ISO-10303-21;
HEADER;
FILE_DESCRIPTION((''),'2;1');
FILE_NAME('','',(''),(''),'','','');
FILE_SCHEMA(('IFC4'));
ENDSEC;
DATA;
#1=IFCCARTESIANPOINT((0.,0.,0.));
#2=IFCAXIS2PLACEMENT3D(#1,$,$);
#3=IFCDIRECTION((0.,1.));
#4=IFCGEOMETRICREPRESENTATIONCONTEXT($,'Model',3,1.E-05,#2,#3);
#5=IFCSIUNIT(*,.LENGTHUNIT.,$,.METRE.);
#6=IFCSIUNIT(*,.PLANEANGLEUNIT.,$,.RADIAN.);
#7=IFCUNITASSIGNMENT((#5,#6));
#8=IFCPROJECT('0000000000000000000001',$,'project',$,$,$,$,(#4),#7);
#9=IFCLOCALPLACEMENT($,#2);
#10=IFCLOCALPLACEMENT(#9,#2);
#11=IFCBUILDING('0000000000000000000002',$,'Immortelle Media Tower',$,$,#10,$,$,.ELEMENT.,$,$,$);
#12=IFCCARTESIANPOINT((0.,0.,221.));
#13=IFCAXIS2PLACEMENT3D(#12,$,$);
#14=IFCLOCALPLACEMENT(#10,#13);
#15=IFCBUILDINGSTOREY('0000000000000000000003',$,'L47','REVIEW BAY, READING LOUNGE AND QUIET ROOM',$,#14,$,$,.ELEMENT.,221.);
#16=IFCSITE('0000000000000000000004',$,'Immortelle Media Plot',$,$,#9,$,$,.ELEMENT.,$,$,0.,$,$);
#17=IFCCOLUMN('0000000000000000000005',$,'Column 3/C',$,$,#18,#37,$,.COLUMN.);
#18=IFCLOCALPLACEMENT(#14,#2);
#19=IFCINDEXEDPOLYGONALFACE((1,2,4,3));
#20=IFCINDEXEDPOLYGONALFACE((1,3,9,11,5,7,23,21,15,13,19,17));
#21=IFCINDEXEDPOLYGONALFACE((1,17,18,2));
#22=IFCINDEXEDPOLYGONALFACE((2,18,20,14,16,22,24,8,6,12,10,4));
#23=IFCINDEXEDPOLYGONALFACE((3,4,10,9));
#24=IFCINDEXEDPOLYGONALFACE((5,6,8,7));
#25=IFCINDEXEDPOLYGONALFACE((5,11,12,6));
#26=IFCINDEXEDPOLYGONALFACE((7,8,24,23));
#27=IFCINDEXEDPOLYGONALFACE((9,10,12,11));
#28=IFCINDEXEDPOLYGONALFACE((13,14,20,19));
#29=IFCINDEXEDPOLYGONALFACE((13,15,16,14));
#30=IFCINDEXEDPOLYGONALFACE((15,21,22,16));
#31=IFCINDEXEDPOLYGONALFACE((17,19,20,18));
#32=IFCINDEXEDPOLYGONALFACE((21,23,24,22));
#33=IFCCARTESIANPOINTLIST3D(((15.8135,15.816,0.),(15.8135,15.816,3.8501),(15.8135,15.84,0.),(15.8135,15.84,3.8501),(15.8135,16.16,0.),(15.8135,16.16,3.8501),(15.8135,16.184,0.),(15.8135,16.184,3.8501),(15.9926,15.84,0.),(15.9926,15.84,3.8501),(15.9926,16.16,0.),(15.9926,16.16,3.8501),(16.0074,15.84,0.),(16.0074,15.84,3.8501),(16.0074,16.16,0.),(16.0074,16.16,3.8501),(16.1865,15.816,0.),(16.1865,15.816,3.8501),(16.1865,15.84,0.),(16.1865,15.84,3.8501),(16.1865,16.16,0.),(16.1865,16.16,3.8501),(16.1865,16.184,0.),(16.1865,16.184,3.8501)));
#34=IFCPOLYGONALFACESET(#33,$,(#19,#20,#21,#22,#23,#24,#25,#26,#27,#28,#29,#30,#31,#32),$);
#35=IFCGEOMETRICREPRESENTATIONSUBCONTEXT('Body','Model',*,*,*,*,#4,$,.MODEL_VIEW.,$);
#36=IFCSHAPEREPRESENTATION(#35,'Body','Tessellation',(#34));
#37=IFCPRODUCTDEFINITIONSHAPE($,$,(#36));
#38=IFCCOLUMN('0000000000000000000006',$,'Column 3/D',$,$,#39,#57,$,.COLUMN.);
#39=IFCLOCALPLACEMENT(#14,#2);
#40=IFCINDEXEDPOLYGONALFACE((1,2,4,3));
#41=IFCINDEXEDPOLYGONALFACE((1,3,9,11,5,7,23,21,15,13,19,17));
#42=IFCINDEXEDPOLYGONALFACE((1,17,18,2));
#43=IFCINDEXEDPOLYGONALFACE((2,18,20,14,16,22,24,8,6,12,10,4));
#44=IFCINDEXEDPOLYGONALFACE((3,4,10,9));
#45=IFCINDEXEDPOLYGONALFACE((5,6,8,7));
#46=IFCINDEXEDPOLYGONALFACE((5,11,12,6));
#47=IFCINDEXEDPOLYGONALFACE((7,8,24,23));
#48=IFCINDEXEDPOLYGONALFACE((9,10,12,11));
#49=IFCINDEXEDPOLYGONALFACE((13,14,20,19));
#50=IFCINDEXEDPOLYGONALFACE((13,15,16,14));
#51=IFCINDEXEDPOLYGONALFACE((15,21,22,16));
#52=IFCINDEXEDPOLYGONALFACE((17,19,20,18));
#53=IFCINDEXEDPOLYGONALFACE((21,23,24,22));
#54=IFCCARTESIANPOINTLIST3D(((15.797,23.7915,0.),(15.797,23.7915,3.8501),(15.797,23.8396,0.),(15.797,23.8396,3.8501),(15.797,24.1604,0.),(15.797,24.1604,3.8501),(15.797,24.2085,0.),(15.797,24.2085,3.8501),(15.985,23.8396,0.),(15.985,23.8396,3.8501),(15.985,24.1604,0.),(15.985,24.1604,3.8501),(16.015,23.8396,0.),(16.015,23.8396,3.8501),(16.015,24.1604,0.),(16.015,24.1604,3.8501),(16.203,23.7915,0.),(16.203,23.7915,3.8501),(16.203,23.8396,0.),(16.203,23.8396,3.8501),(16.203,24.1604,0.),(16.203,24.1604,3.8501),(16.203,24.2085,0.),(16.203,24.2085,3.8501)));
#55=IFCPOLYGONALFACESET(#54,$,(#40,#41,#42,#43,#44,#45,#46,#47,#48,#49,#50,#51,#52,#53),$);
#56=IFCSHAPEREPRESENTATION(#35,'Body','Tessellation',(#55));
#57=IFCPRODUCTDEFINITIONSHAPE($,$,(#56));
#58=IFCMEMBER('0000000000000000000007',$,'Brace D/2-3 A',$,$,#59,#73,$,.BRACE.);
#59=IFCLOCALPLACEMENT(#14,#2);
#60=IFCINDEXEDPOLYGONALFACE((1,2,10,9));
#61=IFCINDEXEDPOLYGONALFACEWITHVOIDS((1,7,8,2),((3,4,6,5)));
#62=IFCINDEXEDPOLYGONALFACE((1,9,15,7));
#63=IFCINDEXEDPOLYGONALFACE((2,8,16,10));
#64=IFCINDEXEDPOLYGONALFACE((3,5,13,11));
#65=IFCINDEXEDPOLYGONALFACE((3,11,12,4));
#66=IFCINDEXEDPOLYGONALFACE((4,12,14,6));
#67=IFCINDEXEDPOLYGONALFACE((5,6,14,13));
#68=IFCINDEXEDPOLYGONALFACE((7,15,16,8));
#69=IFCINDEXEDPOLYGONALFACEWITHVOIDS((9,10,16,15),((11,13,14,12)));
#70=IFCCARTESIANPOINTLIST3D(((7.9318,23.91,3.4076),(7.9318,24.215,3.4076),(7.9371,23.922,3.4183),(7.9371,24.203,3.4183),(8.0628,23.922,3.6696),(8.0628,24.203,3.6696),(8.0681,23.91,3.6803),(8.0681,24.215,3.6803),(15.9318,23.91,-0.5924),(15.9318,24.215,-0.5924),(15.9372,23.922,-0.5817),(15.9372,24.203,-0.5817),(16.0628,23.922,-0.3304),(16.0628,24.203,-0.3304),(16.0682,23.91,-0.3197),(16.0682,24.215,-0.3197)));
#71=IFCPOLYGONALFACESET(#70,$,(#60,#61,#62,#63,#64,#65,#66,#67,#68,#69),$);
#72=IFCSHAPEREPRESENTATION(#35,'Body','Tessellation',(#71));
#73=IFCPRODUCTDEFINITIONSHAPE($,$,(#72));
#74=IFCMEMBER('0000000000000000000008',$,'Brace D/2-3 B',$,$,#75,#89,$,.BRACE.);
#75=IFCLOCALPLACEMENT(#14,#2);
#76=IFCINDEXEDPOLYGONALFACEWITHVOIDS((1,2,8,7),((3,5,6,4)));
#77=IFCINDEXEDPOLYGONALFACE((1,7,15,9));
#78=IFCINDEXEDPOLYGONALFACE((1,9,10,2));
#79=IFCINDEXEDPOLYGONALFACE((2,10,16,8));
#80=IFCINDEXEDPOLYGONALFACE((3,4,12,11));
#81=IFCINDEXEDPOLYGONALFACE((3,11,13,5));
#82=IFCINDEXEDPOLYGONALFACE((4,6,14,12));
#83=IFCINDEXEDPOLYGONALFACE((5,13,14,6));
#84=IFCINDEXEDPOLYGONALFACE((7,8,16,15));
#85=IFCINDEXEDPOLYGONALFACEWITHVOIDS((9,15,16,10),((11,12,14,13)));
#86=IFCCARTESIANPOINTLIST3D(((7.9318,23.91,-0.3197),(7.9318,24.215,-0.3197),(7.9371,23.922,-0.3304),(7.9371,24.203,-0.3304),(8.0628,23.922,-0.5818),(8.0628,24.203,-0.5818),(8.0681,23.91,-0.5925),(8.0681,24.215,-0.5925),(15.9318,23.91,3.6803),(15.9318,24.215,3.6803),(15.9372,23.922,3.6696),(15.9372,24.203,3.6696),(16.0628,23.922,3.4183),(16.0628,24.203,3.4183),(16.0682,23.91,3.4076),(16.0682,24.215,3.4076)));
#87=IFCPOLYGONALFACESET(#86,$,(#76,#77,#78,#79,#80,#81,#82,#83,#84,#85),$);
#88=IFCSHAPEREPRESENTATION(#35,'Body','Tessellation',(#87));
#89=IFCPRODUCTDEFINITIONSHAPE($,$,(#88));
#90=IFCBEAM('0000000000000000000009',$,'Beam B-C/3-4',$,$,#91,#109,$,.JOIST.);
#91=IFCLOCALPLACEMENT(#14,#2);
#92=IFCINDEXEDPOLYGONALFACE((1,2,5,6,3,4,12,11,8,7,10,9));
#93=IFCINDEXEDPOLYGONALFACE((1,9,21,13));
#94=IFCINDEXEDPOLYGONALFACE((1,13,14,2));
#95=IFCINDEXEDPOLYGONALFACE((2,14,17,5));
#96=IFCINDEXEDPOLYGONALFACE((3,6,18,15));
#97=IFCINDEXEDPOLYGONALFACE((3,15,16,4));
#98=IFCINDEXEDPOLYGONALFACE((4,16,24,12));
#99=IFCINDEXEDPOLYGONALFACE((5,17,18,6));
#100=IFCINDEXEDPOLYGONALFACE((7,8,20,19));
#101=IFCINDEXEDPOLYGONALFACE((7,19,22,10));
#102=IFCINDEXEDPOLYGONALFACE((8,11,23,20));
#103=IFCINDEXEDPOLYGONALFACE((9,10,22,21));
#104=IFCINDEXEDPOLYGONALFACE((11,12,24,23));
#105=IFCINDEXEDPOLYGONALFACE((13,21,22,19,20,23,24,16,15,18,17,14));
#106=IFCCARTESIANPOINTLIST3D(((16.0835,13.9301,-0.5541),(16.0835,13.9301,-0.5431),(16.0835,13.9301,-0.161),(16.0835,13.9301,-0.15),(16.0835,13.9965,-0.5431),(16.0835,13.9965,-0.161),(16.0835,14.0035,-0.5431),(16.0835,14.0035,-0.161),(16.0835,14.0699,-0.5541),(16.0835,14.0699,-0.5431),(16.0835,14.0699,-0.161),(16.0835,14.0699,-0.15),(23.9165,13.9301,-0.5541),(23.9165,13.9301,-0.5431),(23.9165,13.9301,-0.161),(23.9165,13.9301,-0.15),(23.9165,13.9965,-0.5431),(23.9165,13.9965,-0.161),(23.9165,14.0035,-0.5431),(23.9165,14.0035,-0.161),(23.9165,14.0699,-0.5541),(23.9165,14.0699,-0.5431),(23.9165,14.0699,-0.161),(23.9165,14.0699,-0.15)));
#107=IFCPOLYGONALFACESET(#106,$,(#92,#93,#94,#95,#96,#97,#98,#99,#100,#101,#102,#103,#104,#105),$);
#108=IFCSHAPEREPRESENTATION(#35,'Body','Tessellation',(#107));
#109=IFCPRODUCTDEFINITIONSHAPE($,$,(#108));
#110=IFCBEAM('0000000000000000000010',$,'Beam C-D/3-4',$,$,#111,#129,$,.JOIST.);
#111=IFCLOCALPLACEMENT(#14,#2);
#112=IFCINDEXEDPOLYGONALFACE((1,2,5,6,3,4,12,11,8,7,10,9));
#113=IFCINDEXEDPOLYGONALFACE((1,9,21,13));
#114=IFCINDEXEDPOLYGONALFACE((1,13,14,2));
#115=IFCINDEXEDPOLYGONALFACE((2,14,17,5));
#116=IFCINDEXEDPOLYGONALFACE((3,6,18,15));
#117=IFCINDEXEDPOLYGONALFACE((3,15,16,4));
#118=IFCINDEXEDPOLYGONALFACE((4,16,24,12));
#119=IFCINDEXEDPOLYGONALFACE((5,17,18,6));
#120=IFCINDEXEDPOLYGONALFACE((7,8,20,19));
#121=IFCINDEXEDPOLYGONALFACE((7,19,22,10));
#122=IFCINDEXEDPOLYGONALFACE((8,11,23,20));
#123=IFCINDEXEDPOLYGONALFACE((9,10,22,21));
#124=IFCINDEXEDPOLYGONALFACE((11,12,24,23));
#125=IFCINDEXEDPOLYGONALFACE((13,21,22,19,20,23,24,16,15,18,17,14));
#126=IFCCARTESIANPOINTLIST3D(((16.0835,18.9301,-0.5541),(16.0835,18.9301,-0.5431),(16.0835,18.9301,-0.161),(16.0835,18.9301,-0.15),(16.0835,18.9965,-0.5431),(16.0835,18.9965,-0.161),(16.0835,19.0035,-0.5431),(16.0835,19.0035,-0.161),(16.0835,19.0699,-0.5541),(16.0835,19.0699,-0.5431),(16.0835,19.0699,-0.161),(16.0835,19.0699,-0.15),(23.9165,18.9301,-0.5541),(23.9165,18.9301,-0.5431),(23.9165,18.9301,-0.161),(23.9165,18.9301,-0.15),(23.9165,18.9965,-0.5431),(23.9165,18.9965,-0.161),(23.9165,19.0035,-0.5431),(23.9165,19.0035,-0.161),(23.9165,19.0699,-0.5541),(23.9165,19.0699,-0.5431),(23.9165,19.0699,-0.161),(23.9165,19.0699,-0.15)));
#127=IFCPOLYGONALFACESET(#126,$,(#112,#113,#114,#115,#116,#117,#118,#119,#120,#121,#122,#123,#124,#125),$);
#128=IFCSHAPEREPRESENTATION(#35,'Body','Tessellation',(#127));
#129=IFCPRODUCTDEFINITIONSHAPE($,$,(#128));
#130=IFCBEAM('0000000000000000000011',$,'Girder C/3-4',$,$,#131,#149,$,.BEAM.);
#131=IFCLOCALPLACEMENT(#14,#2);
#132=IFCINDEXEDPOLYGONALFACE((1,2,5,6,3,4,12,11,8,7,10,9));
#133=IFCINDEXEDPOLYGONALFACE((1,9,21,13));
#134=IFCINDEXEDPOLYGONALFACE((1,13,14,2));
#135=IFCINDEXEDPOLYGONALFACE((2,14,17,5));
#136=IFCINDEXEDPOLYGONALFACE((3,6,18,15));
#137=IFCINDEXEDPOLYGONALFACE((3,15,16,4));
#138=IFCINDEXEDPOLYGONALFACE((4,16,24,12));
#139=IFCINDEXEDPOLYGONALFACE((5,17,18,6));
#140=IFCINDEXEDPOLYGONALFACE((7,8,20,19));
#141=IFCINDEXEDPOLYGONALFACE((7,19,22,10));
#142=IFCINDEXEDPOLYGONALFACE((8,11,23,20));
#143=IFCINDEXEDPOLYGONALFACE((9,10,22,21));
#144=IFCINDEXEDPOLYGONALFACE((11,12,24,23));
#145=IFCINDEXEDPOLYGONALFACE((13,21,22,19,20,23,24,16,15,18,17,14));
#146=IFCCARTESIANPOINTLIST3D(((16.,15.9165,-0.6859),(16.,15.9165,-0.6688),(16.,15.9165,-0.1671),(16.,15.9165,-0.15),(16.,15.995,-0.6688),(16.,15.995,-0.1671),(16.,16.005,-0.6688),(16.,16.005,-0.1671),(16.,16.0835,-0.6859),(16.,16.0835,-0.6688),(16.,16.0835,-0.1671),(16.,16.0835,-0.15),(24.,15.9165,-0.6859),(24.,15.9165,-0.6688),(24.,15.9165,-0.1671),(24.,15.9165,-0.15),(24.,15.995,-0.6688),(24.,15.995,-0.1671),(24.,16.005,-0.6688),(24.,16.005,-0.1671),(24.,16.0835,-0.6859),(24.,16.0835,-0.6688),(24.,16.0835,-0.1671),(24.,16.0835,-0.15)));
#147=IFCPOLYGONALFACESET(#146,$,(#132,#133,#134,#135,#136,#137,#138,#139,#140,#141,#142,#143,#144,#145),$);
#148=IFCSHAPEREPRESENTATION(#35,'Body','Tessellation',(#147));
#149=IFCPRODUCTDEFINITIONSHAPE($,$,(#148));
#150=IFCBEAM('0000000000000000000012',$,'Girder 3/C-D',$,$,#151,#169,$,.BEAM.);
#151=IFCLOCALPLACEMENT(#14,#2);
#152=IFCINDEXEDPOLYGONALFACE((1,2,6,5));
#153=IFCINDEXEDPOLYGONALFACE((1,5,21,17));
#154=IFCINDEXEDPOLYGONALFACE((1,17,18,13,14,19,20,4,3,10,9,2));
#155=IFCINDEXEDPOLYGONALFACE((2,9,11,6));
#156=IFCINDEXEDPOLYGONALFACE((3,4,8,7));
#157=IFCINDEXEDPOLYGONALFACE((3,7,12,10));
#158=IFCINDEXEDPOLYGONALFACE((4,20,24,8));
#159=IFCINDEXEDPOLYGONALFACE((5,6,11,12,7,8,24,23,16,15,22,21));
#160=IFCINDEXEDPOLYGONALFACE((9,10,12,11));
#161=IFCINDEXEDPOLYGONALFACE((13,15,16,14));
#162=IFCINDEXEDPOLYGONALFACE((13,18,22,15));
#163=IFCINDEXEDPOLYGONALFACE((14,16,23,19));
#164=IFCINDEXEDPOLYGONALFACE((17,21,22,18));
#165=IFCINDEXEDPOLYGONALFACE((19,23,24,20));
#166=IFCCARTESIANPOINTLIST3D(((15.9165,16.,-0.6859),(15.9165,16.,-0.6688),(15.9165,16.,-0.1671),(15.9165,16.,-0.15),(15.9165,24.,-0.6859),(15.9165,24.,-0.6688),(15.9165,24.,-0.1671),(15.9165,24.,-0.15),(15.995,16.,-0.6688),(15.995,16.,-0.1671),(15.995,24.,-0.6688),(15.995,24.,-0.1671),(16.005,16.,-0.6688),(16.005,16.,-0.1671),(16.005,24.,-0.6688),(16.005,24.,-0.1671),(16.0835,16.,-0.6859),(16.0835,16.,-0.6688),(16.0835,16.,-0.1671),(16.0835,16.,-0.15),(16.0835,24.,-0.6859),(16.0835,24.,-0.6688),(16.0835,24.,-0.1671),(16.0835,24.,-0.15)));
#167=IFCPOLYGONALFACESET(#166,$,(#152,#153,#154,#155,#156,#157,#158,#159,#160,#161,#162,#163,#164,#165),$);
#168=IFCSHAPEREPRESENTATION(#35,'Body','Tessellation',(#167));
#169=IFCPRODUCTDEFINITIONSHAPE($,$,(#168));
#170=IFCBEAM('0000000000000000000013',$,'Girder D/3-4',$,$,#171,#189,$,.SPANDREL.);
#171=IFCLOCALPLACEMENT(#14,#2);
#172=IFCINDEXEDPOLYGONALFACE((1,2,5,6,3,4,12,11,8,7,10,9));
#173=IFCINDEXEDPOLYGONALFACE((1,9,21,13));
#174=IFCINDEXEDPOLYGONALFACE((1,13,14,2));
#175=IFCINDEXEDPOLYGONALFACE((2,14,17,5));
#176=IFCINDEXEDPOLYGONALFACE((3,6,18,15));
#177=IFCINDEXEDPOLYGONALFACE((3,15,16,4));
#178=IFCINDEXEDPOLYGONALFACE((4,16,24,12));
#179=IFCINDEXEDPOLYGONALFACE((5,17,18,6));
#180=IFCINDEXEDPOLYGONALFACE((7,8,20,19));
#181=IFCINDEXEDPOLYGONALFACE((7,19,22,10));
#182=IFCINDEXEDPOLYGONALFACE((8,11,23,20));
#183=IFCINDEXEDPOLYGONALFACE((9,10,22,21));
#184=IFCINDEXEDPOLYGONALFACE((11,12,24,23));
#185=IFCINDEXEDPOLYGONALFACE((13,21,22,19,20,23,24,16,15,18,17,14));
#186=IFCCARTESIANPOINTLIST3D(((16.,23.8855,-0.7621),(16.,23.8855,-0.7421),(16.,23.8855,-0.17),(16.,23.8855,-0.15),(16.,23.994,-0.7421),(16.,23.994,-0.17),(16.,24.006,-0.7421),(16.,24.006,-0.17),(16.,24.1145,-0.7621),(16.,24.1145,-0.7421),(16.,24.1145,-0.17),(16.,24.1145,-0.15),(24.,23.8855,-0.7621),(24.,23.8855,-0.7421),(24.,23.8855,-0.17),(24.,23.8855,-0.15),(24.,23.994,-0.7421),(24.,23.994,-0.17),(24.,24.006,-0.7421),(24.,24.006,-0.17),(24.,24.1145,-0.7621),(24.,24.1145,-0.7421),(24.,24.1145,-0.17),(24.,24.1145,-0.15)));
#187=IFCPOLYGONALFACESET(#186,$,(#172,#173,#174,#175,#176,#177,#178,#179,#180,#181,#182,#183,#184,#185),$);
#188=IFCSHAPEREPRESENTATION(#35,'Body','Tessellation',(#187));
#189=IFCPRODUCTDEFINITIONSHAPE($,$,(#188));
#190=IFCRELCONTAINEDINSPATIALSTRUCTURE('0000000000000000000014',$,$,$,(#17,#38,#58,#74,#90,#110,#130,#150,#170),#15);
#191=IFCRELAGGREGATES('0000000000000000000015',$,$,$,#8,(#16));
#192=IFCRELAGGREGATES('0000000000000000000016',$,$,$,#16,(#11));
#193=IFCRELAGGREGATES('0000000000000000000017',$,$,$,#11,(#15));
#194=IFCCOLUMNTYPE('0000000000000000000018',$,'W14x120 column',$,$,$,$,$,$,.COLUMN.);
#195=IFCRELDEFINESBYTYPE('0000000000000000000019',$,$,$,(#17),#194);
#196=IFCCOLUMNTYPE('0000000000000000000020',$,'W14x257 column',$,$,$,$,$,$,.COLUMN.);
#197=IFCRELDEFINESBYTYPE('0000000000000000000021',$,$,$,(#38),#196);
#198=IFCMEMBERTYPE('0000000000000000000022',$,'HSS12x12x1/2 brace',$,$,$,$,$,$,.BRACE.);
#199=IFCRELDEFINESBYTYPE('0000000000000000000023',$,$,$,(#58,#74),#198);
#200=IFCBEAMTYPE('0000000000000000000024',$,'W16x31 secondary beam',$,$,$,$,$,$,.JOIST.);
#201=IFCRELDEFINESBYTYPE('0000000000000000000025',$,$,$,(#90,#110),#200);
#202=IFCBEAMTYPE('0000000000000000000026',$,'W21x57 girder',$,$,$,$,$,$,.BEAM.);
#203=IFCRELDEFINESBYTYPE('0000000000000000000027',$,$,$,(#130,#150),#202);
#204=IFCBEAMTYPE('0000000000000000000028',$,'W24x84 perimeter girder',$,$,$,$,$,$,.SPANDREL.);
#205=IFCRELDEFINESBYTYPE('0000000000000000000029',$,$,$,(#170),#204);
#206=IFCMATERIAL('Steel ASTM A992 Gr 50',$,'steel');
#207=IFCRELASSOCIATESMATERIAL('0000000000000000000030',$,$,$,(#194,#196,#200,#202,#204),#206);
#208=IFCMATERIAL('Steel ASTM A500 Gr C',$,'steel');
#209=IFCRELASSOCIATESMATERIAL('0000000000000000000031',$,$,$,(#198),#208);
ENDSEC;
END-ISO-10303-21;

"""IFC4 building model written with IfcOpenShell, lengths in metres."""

from ifc_helpers import new_model, si_unit, direction, frame, origin, origin_2d, place, context, subcontext, project, spatial, hollow_rectangle, i_section, extrude, material, material_profile, profile_set, type_object, element, save


model = new_model("IFC4")

# Units and contexts
model_context = context("Model", 3, precision=1e-05, world=origin(), true_north=direction((0.0, 1.0)))
body_context = subcontext(model_context, "Body", "Model", "MODEL_VIEW")
ifc_project = project(units=[si_unit("LENGTHUNIT", "METRE"), si_unit("PLANEANGLEUNIT", "RADIAN")], contexts=[model_context])

# Site, building, storey
site_placement = place(None, origin())
site = spatial("IfcSite", under=ifc_project, at=site_placement, Name="Immortelle Media Plot", CompositionType="ELEMENT", RefElevation=0.0)
building_placement = place(site_placement, origin())
building = spatial("IfcBuilding", under=site, at=building_placement, Name="Immortelle Media Tower", CompositionType="ELEMENT")
storey_placement = place(building_placement, frame((0.0, 0.0, 221.0)))
storey = spatial("IfcBuildingStorey", under=building, at=storey_placement, Name="L47", Description="REVIEW BAY, READING LOUNGE AND QUIET ROOM", CompositionType="ELEMENT", Elevation=221.0)

# Columns
ifc_material_1 = material(Name="Steel ASTM A992 Gr 50", Category="steel")
ifc_material_profile_1 = material_profile(ifc_material_1, i_section(OverallWidth=0.373, OverallDepth=0.3679, WebThickness=0.0149, FlangeThickness=0.0239, at=origin_2d()), Name="W14x120")
ifc_profile_set_1 = profile_set([ifc_material_profile_1], Name="Steel ASTM A992 Gr 50")
column_type_1 = type_object("IfcColumnType", Name="W14x120 column", PredefinedType="COLUMN", material=ifc_profile_set_1)
column_1_placement = place(storey_placement, frame((16.0, 16.0, 0.0), z_axis=(0.0, 0.0, 1.0), x_axis=(1.0, 0.0, 0.0)))
element("IfcColumn", 1, at=column_1_placement, inside=storey, type_object=column_type_1, Name="Column 3/C", PredefinedType="COLUMN", context=body_context, shape_type="SweptSolid", body=[
    extrude(i_section(OverallWidth=0.373, OverallDepth=0.3679, WebThickness=0.0149, FlangeThickness=0.0239, at=origin_2d()), origin(), (0.0, 0.0, 1.0), 3.8501),
])
ifc_material_profile_2 = material_profile(ifc_material_1, i_section(OverallWidth=0.406, OverallDepth=0.417, WebThickness=0.03, FlangeThickness=0.0481, at=origin_2d()), Name="W14x257")
ifc_profile_set_2 = profile_set([ifc_material_profile_2], Name="Steel ASTM A992 Gr 50")
column_type_2 = type_object("IfcColumnType", Name="W14x257 column", PredefinedType="COLUMN", material=ifc_profile_set_2)
column_2_placement = place(storey_placement, frame((16.0, 24.0, 0.0), z_axis=(0.0, 0.0, 1.0), x_axis=(1.0, 0.0, 0.0)))
element("IfcColumn", 2, at=column_2_placement, inside=storey, type_object=column_type_2, Name="Column 3/D", PredefinedType="COLUMN", context=body_context, shape_type="SweptSolid", body=[
    extrude(i_section(OverallWidth=0.406, OverallDepth=0.417, WebThickness=0.03, FlangeThickness=0.0481, at=origin_2d()), origin(), (0.0, 0.0, 1.0), 3.8501),
])

# Members
ifc_material_2 = material(Name="Steel ASTM A500 Gr C", Category="steel")
ifc_material_profile_3 = material_profile(ifc_material_2, hollow_rectangle(XDim=0.3049, YDim=0.3049, WallThickness=0.012, at=origin_2d()), Name="HSS12x12x1/2 brace")
ifc_profile_set_3 = profile_set([ifc_material_profile_3], Name="Steel ASTM A500 Gr C")
member_type = type_object("IfcMemberType", Name="HSS12x12x1/2 brace", PredefinedType="BRACE", material=ifc_profile_set_3)
for number, where, z_axis, x_axis, name in (
    (3, (16.0, 24.0625, -0.4561), (-0.894427, 0.0, 0.447214), (0.0, -1.0, 0.0), "Brace D/2-3 A"),
    (4, (16.0, 24.0625, 3.5439), (-0.894427, 0.0, -0.447214), (0.0, -1.0, 0.0), "Brace D/2-3 B"),
):
    element("IfcMember", number, at=place(storey_placement, frame(where, z_axis=z_axis, x_axis=x_axis)), inside=storey, type_object=member_type, Name=name, PredefinedType="BRACE", context=body_context, shape_type="SweptSolid", body=[
        extrude(hollow_rectangle(XDim=0.3049, YDim=0.3049, WallThickness=0.012, at=origin_2d()), origin(), (0.0, 0.0, 1.0), 8.9443),
    ])

# Beams
ifc_material_profile_4 = material_profile(ifc_material_1, i_section(OverallWidth=0.1399, OverallDepth=0.4041, WebThickness=0.0071, FlangeThickness=0.011, at=origin_2d()), Name="W16x31")
ifc_profile_set_4 = profile_set([ifc_material_profile_4], Name="Steel ASTM A992 Gr 50")
beam_type_1 = type_object("IfcBeamType", Name="W16x31 secondary beam", PredefinedType="JOIST", material=ifc_profile_set_4)
for number, where, z_axis, x_axis, name in (
    (5, (16.0835, 14.0, -0.3521), (1.0, 0.0, 0.0), (0.0, 1.0, 0.0), "Beam B-C/3-4"),
    (6, (16.0835, 19.0, -0.3521), (1.0, 0.0, 0.0), (0.0, 1.0, 0.0), "Beam C-D/3-4"),
):
    element("IfcBeam", number, at=place(storey_placement, frame(where, z_axis=z_axis, x_axis=x_axis)), inside=storey, type_object=beam_type_1, Name=name, PredefinedType="JOIST", context=body_context, shape_type="SweptSolid", body=[
        extrude(i_section(OverallWidth=0.1399, OverallDepth=0.4041, WebThickness=0.0071, FlangeThickness=0.011, at=origin_2d()), origin(), (0.0, 0.0, 1.0), 7.833),
    ])
ifc_material_profile_5 = material_profile(ifc_material_1, i_section(OverallWidth=0.167, OverallDepth=0.5359, WebThickness=0.01, FlangeThickness=0.0171, at=origin_2d()), Name="W21x57")
ifc_profile_set_5 = profile_set([ifc_material_profile_5], Name="Steel ASTM A992 Gr 50")
beam_type_2 = type_object("IfcBeamType", Name="W21x57 girder", PredefinedType="BEAM", material=ifc_profile_set_5)
for number, where, z_axis, x_axis, name in (
    (7, (16.0, 16.0, -0.418), (1.0, 0.0, 0.0), (0.0, 1.0, 0.0), "Girder C/3-4"),
    (8, (16.0, 16.0, -0.418), (0.0, 1.0, 0.0), (-1.0, 0.0, 0.0), "Girder 3/C-D"),
):
    element("IfcBeam", number, at=place(storey_placement, frame(where, z_axis=z_axis, x_axis=x_axis)), inside=storey, type_object=beam_type_2, Name=name, PredefinedType="BEAM", context=body_context, shape_type="SweptSolid", body=[
        extrude(i_section(OverallWidth=0.167, OverallDepth=0.5359, WebThickness=0.01, FlangeThickness=0.0171, at=origin_2d()), origin(), (0.0, 0.0, 1.0), 8.0),
    ])
ifc_material_profile_6 = material_profile(ifc_material_1, i_section(OverallWidth=0.229, OverallDepth=0.6121, WebThickness=0.012, FlangeThickness=0.02, at=origin_2d()), Name="W24x84")
ifc_profile_set_6 = profile_set([ifc_material_profile_6], Name="Steel ASTM A992 Gr 50")
beam_type_3 = type_object("IfcBeamType", Name="W24x84 perimeter girder", PredefinedType="SPANDREL", material=ifc_profile_set_6)
beam_placement = place(storey_placement, frame((16.0, 24.0, -0.4561), z_axis=(1.0, 0.0, 0.0), x_axis=(0.0, 1.0, 0.0)))
element("IfcBeam", 9, at=beam_placement, inside=storey, type_object=beam_type_3, Name="Girder D/3-4", PredefinedType="SPANDREL", context=body_context, shape_type="SweptSolid", body=[
    extrude(i_section(OverallWidth=0.229, OverallDepth=0.6121, WebThickness=0.012, FlangeThickness=0.02, at=origin_2d()), origin(), (0.0, 0.0, 1.0), 8.0),
])

save(model, "model.ifc")
